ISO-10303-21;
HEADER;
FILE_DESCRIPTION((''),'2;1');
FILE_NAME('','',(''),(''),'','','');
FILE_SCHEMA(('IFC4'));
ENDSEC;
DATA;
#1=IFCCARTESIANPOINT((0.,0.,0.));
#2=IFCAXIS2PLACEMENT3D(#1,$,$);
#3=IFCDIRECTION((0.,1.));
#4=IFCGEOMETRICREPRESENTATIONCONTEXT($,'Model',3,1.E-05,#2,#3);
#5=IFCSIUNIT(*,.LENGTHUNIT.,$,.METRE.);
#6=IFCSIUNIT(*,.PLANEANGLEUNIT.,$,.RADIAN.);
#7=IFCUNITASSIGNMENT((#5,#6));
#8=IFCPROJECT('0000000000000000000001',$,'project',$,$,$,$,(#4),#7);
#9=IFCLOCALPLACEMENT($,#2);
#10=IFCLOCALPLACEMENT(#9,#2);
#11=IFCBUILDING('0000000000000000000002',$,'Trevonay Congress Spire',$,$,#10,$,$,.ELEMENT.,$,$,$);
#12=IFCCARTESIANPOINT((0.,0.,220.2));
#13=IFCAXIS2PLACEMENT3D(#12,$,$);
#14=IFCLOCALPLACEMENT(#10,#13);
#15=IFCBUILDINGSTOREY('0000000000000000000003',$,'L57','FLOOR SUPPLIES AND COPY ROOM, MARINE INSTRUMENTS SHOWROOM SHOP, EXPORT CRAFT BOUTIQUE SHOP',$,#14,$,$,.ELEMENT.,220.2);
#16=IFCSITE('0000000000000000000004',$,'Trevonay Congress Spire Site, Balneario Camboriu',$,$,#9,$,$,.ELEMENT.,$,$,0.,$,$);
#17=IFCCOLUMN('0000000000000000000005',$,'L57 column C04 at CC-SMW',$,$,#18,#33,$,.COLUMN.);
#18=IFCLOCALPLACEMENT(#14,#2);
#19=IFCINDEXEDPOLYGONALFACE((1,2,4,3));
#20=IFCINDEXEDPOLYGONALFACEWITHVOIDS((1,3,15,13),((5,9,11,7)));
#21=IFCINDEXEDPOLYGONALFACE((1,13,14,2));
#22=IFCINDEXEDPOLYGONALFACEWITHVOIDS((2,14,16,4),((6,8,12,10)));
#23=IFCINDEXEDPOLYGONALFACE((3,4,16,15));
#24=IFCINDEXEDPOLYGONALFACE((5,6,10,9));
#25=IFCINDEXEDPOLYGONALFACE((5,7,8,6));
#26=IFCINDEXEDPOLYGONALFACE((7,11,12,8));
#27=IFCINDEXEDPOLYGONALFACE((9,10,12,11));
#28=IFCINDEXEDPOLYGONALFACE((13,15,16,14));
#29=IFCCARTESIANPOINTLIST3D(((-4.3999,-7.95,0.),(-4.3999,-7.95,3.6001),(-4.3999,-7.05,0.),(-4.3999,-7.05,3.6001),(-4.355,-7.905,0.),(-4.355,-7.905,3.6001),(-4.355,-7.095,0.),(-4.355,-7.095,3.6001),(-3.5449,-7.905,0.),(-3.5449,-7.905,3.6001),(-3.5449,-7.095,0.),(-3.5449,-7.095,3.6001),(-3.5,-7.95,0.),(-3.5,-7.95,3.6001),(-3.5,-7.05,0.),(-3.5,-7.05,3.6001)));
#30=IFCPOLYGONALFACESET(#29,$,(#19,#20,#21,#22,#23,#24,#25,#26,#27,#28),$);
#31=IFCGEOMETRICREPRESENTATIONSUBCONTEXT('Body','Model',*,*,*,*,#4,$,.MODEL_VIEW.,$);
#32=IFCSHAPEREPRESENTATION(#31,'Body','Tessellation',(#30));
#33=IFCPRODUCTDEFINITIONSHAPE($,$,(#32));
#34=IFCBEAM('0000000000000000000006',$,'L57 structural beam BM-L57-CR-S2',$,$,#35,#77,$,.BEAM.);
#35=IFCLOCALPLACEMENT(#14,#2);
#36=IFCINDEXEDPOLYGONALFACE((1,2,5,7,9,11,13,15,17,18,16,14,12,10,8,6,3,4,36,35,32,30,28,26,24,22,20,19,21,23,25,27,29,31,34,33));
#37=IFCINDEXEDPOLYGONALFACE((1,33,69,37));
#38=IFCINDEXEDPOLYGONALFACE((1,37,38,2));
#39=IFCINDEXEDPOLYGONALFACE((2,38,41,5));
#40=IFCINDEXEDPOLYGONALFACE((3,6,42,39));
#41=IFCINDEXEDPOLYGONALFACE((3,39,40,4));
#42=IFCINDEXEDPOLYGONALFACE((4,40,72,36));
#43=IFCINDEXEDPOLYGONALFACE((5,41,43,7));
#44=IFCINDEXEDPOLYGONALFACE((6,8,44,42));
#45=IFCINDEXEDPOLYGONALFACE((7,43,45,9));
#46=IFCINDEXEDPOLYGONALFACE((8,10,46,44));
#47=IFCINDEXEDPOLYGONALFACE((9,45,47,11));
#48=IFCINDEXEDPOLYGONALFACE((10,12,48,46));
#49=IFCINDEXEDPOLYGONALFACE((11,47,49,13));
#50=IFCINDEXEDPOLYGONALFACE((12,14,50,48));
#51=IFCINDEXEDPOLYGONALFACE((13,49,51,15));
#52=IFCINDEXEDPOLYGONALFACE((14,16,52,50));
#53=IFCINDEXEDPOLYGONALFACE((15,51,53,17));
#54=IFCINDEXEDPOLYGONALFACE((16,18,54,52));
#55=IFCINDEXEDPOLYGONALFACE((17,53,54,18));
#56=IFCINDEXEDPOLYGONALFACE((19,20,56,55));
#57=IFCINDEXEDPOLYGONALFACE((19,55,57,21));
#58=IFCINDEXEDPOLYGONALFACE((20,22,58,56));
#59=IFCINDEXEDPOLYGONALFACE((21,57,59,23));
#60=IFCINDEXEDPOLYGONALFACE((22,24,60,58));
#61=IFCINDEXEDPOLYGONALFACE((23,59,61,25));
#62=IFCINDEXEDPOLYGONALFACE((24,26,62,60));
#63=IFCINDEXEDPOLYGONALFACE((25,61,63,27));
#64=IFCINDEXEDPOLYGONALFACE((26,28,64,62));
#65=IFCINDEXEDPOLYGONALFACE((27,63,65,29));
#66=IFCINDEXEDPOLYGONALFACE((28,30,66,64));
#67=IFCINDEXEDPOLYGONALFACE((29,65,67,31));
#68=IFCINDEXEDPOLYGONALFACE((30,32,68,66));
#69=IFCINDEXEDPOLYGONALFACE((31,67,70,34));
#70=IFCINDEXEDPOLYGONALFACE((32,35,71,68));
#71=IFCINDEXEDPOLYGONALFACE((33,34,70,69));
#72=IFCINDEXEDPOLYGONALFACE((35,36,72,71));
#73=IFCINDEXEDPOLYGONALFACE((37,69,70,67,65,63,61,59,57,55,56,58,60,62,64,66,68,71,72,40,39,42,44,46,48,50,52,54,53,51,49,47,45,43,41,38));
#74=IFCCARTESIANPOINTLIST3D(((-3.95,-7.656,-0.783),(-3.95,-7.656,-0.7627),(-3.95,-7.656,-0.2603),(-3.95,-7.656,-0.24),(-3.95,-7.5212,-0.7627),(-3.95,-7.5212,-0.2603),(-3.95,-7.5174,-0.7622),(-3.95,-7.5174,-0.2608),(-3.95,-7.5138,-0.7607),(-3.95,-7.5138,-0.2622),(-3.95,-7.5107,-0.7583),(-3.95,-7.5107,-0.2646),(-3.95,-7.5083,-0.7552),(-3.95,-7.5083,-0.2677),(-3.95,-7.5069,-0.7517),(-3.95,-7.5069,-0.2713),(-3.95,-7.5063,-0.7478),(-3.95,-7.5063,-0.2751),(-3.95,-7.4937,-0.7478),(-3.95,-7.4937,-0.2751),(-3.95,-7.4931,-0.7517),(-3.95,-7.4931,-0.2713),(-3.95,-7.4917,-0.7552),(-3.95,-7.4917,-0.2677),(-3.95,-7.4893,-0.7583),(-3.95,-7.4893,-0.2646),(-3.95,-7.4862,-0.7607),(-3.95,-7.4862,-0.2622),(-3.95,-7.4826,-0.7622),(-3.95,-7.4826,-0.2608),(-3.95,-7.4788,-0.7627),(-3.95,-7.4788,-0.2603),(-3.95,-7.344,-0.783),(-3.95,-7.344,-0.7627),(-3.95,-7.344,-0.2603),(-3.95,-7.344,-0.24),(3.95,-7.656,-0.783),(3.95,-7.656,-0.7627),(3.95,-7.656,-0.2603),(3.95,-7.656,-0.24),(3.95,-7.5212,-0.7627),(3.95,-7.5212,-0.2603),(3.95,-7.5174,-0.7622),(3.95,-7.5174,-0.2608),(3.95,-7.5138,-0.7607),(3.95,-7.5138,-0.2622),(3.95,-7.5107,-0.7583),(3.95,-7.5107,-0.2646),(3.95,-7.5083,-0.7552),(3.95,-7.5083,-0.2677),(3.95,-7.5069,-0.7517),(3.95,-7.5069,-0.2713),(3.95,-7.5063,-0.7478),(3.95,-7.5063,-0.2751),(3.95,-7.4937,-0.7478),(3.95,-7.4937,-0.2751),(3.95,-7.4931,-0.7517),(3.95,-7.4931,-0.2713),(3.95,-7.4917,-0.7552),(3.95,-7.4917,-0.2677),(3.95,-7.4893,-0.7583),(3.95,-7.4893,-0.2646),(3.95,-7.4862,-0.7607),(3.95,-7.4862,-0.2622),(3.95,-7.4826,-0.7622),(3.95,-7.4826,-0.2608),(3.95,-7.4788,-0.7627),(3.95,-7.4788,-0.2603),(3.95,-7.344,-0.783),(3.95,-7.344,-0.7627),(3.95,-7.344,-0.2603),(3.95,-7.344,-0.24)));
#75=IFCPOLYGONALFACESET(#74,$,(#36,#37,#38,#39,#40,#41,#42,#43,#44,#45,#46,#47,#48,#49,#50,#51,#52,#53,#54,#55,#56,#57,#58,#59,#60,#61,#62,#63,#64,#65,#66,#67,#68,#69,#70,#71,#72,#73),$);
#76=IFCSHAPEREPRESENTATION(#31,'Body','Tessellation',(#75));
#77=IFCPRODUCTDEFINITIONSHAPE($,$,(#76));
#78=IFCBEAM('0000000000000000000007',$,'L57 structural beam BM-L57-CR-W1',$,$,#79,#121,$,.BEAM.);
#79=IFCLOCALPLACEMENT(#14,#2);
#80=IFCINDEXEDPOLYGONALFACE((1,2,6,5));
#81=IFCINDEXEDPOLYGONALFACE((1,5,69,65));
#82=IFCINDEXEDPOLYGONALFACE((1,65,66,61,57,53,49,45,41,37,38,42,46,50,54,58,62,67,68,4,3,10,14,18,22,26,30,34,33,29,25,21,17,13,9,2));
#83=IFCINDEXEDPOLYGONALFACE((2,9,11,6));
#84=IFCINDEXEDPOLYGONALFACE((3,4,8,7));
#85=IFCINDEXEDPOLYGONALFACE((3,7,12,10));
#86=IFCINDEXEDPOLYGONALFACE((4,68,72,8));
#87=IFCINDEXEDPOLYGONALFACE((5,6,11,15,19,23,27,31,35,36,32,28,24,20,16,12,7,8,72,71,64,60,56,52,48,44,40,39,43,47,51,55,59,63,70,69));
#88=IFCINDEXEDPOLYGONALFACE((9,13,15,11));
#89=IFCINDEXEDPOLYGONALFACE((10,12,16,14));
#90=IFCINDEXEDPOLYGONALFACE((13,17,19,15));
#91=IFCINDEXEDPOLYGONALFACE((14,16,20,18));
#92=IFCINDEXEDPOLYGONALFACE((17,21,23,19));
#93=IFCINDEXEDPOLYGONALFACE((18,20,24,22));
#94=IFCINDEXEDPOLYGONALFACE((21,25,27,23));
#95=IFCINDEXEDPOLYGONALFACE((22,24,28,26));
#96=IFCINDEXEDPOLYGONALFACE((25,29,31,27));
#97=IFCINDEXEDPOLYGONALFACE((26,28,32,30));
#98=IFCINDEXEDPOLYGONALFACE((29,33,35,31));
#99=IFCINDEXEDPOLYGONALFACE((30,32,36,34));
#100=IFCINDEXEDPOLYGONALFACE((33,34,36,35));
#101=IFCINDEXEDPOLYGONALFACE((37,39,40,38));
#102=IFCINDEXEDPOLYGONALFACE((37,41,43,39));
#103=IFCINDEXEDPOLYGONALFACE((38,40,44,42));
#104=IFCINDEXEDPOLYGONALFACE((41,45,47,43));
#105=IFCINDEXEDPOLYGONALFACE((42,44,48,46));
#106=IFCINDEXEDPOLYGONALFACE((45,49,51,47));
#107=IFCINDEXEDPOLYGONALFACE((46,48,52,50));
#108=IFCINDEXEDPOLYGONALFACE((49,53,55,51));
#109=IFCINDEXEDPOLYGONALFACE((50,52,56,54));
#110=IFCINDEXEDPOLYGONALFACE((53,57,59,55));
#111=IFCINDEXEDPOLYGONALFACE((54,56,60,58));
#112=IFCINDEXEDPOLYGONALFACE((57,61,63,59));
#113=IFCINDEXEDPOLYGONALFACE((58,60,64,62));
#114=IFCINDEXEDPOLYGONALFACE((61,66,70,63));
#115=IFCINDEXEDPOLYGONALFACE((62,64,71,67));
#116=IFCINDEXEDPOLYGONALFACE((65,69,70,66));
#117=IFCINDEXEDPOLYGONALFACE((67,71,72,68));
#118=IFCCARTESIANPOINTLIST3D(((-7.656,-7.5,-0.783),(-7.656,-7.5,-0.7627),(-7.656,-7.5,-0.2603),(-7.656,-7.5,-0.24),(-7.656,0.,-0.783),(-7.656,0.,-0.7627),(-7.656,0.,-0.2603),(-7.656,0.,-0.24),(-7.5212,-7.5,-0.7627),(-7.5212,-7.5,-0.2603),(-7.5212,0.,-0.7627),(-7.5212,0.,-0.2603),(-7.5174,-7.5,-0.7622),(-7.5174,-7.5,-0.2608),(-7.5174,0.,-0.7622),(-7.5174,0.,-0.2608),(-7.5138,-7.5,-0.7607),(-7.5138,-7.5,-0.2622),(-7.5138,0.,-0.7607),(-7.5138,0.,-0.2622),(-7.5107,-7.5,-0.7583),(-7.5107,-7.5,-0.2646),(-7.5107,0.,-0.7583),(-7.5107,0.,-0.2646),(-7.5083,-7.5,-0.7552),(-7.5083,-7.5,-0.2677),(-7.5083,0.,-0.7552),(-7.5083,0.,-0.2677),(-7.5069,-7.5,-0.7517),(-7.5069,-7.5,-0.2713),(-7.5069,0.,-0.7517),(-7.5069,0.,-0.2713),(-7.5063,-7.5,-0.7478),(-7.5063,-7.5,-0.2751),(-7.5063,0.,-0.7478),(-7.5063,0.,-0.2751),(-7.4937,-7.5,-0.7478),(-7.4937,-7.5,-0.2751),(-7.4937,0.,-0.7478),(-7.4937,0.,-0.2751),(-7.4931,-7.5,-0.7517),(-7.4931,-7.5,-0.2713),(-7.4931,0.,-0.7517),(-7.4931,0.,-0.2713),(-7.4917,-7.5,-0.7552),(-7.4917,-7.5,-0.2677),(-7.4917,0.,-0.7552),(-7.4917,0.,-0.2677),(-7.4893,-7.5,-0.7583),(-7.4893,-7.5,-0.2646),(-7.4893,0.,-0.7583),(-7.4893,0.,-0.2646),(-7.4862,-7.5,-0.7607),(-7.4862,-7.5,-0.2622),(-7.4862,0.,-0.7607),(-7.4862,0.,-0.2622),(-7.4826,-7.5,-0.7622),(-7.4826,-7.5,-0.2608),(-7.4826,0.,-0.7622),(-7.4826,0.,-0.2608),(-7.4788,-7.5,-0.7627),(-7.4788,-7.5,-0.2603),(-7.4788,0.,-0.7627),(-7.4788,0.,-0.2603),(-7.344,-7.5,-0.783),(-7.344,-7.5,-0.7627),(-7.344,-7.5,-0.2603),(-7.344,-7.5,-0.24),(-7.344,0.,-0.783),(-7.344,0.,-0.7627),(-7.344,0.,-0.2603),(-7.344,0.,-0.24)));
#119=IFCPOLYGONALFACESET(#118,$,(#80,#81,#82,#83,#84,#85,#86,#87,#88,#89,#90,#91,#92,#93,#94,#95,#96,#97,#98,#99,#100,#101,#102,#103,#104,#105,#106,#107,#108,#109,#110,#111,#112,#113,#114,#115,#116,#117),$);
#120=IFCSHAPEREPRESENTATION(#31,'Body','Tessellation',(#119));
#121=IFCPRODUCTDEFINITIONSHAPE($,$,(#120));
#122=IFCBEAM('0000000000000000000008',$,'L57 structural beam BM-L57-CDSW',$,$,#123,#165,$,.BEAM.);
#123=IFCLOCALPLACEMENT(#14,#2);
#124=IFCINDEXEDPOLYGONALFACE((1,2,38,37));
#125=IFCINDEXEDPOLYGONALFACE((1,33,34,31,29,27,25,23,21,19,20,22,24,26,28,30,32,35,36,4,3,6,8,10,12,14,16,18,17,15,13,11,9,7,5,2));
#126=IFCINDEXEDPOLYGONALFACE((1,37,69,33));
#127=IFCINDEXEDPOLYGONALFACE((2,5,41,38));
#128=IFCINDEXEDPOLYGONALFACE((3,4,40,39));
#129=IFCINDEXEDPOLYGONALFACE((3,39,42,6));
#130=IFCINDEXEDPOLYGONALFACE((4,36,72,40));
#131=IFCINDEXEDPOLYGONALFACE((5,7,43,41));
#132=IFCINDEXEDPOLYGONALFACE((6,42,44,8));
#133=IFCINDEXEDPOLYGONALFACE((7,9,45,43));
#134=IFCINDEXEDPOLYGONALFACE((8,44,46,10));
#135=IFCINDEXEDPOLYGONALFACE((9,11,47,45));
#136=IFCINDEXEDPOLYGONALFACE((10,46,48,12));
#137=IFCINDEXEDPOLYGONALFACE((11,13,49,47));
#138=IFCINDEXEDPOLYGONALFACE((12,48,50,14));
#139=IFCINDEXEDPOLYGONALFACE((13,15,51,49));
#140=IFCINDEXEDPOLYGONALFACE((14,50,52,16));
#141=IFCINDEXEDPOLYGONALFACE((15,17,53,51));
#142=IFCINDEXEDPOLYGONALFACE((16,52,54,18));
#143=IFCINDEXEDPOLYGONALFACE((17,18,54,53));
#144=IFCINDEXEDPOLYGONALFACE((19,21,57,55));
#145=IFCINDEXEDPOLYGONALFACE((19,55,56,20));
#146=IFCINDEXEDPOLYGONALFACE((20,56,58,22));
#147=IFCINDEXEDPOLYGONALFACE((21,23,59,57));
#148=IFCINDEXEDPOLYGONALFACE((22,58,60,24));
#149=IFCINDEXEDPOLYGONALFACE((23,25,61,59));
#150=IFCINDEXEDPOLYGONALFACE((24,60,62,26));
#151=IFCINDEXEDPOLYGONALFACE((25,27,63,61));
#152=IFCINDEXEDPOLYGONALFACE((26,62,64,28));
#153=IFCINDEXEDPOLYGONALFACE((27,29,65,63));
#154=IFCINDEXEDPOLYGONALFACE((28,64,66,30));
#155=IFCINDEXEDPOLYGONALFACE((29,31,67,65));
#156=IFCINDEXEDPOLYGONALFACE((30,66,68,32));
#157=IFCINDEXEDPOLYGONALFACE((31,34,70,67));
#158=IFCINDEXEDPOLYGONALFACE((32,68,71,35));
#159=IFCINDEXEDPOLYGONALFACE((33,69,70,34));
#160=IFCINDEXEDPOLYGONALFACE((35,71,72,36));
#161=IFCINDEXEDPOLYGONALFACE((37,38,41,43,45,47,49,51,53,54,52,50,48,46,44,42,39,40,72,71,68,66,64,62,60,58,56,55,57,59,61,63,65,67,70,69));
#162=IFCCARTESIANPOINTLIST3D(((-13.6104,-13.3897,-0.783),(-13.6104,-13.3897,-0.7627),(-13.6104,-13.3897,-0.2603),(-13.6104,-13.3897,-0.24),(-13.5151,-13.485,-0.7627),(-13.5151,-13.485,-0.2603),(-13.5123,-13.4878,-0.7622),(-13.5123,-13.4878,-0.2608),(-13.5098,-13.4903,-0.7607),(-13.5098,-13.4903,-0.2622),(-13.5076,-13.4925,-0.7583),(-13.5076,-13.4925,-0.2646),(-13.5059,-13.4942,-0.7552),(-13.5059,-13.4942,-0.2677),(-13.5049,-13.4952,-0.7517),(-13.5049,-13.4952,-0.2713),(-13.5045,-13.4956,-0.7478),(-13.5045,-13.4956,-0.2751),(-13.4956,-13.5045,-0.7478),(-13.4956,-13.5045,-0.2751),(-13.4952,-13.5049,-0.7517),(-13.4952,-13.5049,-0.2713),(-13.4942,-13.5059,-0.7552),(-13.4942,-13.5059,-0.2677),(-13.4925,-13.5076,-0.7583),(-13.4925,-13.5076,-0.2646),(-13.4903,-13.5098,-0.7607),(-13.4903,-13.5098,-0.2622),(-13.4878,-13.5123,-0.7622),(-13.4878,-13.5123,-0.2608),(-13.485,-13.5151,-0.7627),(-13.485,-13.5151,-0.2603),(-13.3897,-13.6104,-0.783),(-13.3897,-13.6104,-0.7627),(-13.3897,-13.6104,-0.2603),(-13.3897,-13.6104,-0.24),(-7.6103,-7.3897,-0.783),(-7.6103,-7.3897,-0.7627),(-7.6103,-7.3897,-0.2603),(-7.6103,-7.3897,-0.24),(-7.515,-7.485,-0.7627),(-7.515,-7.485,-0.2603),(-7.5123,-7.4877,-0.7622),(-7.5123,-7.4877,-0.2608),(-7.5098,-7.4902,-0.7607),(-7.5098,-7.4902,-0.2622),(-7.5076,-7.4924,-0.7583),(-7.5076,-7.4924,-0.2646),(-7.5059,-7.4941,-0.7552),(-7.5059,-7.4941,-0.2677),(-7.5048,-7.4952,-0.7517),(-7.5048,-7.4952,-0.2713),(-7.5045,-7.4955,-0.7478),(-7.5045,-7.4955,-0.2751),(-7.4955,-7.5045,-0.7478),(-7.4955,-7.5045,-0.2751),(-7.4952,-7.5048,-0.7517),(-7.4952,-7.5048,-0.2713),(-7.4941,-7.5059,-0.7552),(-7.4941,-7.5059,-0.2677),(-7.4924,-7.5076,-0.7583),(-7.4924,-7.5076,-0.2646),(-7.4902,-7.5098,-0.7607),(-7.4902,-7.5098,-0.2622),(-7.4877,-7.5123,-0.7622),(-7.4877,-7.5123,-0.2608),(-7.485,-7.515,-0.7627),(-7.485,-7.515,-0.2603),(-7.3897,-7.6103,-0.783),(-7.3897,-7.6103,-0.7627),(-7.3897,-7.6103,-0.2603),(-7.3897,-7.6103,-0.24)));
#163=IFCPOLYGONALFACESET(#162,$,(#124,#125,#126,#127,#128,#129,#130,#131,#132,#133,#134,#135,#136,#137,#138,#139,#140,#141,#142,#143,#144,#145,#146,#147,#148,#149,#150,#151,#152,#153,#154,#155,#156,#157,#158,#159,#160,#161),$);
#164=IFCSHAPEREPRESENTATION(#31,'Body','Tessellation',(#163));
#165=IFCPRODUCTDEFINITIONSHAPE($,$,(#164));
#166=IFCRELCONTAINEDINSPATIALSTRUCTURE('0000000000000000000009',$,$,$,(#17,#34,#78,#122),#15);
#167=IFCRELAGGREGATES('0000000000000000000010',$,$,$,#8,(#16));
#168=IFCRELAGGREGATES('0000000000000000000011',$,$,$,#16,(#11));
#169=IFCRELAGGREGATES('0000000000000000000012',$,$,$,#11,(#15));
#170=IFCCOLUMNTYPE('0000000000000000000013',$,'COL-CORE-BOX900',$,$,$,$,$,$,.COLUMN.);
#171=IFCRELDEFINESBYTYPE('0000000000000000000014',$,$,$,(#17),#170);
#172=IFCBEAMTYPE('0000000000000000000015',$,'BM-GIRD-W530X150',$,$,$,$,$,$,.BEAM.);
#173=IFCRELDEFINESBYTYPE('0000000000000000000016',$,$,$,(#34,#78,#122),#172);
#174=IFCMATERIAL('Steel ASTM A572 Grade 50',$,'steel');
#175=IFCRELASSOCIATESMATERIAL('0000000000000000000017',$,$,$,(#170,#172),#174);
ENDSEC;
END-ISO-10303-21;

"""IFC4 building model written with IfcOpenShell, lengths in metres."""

from ifc_helpers import new_model, si_unit, direction, frame, origin, origin_2d, place, context, subcontext, project, spatial, hollow_rectangle, i_section, extrude, material, material_profile, profile_set, type_object, element, save


model = new_model("IFC4")

# Units and contexts
model_context = context("Model", 3, precision=1e-05, world=origin(), true_north=direction((0.0, 1.0)))
body_context = subcontext(model_context, "Body", "Model", "MODEL_VIEW")
ifc_project = project(units=[si_unit("LENGTHUNIT", "METRE"), si_unit("PLANEANGLEUNIT", "RADIAN")], contexts=[model_context])

# Site, building, storey
site_placement = place(None, origin())
site = spatial("IfcSite", under=ifc_project, at=site_placement, Name="Trevonay Congress Spire Site, Balneario Camboriu", CompositionType="ELEMENT", RefElevation=0.0)
building_placement = place(site_placement, origin())
building = spatial("IfcBuilding", under=site, at=building_placement, Name="Trevonay Congress Spire", CompositionType="ELEMENT")
storey_placement = place(building_placement, frame((0.0, 0.0, 220.2)))
storey = spatial("IfcBuildingStorey", under=building, at=storey_placement, Name="L57", Description="FLOOR SUPPLIES AND COPY ROOM, MARINE INSTRUMENTS SHOWROOM SHOP, EXPORT CRAFT BOUTIQUE SHOP", CompositionType="ELEMENT", Elevation=220.2)

# Column
ifc_material_1 = material(Name="Steel ASTM A572 Grade 50", Category="steel")
ifc_material_profile_1 = material_profile(ifc_material_1, hollow_rectangle(XDim=0.8999, YDim=0.8999, WallThickness=0.0449, at=origin_2d()), Name="BOX 900x900x45")
ifc_profile_set_1 = profile_set([ifc_material_profile_1], Name="Steel ASTM A572 Grade 50")
column_type = type_object("IfcColumnType", Name="COL-CORE-BOX900", PredefinedType="COLUMN", material=ifc_profile_set_1)
column_placement = place(storey_placement, frame((-3.95, -7.5, 0.0), z_axis=(0.0, 0.0, 1.0), x_axis=(1.0, 0.0, 0.0)))
element("IfcColumn", 1, at=column_placement, inside=storey, type_object=column_type, Name="L57 column C04 at CC-SMW", PredefinedType="COLUMN", context=body_context, shape_type="SweptSolid", body=[
    extrude(hollow_rectangle(XDim=0.8999, YDim=0.8999, WallThickness=0.0449, at=origin_2d()), origin(), (0.0, 0.0, 1.0), 3.6001),
])

# Beams
ifc_material_profile_2 = material_profile(ifc_material_1, i_section(OverallWidth=0.312, OverallDepth=0.543, WebThickness=0.0127, FlangeThickness=0.0203, FilletRadius=0.0149, at=origin_2d()), Name="W530x150")
ifc_profile_set_2 = profile_set([ifc_material_profile_2], Name="Steel ASTM A572 Grade 50")
beam_type_1 = type_object("IfcBeamType", Name="BM-GIRD-W530X150", PredefinedType="BEAM", material=ifc_profile_set_2)
beam_1_placement = place(storey_placement, frame((-3.95, -7.5, -0.5115), z_axis=(1.0, 0.0, 0.0), x_axis=(0.0, 1.0, 0.0)))
element("IfcBeam", 2, at=beam_1_placement, inside=storey, type_object=beam_type_1, Name="L57 structural beam BM-L57-CR-S2", PredefinedType="BEAM", context=body_context, shape_type="SweptSolid", body=[
    extrude(i_section(OverallWidth=0.312, OverallDepth=0.543, WebThickness=0.0127, FlangeThickness=0.0203, FilletRadius=0.0149, at=origin_2d()), origin(), (0.0, 0.0, 1.0), 7.8999),
])
beam_2_placement = place(storey_placement, frame((-7.5, -7.5, -0.5115), z_axis=(0.0, 1.0, 0.0), x_axis=(-1.0, 0.0, 0.0)))
element("IfcBeam", 3, at=beam_2_placement, inside=storey, type_object=beam_type_1, Name="L57 structural beam BM-L57-CR-W1", PredefinedType="BEAM", context=body_context, shape_type="SweptSolid", body=[
    extrude(i_section(OverallWidth=0.312, OverallDepth=0.543, WebThickness=0.0127, FlangeThickness=0.0203, FilletRadius=0.0149, at=origin_2d()), origin(), (0.0, 0.0, 1.0), 7.5),
])
beam_3_placement = place(storey_placement, frame((-7.5, -7.5, -0.5115), z_axis=(-0.707107, -0.707107, 0.0), x_axis=(0.707107, -0.707107, 0.0)))
element("IfcBeam", 4, at=beam_3_placement, inside=storey, type_object=beam_type_1, Name="L57 structural beam BM-L57-CDSW", PredefinedType="BEAM", context=body_context, shape_type="SweptSolid", body=[
    extrude(i_section(OverallWidth=0.312, OverallDepth=0.543, WebThickness=0.0127, FlangeThickness=0.0203, FilletRadius=0.0149, at=origin_2d()), origin(), (0.0, 0.0, 1.0), 8.4854),
])

save(model, "model.ifc")
